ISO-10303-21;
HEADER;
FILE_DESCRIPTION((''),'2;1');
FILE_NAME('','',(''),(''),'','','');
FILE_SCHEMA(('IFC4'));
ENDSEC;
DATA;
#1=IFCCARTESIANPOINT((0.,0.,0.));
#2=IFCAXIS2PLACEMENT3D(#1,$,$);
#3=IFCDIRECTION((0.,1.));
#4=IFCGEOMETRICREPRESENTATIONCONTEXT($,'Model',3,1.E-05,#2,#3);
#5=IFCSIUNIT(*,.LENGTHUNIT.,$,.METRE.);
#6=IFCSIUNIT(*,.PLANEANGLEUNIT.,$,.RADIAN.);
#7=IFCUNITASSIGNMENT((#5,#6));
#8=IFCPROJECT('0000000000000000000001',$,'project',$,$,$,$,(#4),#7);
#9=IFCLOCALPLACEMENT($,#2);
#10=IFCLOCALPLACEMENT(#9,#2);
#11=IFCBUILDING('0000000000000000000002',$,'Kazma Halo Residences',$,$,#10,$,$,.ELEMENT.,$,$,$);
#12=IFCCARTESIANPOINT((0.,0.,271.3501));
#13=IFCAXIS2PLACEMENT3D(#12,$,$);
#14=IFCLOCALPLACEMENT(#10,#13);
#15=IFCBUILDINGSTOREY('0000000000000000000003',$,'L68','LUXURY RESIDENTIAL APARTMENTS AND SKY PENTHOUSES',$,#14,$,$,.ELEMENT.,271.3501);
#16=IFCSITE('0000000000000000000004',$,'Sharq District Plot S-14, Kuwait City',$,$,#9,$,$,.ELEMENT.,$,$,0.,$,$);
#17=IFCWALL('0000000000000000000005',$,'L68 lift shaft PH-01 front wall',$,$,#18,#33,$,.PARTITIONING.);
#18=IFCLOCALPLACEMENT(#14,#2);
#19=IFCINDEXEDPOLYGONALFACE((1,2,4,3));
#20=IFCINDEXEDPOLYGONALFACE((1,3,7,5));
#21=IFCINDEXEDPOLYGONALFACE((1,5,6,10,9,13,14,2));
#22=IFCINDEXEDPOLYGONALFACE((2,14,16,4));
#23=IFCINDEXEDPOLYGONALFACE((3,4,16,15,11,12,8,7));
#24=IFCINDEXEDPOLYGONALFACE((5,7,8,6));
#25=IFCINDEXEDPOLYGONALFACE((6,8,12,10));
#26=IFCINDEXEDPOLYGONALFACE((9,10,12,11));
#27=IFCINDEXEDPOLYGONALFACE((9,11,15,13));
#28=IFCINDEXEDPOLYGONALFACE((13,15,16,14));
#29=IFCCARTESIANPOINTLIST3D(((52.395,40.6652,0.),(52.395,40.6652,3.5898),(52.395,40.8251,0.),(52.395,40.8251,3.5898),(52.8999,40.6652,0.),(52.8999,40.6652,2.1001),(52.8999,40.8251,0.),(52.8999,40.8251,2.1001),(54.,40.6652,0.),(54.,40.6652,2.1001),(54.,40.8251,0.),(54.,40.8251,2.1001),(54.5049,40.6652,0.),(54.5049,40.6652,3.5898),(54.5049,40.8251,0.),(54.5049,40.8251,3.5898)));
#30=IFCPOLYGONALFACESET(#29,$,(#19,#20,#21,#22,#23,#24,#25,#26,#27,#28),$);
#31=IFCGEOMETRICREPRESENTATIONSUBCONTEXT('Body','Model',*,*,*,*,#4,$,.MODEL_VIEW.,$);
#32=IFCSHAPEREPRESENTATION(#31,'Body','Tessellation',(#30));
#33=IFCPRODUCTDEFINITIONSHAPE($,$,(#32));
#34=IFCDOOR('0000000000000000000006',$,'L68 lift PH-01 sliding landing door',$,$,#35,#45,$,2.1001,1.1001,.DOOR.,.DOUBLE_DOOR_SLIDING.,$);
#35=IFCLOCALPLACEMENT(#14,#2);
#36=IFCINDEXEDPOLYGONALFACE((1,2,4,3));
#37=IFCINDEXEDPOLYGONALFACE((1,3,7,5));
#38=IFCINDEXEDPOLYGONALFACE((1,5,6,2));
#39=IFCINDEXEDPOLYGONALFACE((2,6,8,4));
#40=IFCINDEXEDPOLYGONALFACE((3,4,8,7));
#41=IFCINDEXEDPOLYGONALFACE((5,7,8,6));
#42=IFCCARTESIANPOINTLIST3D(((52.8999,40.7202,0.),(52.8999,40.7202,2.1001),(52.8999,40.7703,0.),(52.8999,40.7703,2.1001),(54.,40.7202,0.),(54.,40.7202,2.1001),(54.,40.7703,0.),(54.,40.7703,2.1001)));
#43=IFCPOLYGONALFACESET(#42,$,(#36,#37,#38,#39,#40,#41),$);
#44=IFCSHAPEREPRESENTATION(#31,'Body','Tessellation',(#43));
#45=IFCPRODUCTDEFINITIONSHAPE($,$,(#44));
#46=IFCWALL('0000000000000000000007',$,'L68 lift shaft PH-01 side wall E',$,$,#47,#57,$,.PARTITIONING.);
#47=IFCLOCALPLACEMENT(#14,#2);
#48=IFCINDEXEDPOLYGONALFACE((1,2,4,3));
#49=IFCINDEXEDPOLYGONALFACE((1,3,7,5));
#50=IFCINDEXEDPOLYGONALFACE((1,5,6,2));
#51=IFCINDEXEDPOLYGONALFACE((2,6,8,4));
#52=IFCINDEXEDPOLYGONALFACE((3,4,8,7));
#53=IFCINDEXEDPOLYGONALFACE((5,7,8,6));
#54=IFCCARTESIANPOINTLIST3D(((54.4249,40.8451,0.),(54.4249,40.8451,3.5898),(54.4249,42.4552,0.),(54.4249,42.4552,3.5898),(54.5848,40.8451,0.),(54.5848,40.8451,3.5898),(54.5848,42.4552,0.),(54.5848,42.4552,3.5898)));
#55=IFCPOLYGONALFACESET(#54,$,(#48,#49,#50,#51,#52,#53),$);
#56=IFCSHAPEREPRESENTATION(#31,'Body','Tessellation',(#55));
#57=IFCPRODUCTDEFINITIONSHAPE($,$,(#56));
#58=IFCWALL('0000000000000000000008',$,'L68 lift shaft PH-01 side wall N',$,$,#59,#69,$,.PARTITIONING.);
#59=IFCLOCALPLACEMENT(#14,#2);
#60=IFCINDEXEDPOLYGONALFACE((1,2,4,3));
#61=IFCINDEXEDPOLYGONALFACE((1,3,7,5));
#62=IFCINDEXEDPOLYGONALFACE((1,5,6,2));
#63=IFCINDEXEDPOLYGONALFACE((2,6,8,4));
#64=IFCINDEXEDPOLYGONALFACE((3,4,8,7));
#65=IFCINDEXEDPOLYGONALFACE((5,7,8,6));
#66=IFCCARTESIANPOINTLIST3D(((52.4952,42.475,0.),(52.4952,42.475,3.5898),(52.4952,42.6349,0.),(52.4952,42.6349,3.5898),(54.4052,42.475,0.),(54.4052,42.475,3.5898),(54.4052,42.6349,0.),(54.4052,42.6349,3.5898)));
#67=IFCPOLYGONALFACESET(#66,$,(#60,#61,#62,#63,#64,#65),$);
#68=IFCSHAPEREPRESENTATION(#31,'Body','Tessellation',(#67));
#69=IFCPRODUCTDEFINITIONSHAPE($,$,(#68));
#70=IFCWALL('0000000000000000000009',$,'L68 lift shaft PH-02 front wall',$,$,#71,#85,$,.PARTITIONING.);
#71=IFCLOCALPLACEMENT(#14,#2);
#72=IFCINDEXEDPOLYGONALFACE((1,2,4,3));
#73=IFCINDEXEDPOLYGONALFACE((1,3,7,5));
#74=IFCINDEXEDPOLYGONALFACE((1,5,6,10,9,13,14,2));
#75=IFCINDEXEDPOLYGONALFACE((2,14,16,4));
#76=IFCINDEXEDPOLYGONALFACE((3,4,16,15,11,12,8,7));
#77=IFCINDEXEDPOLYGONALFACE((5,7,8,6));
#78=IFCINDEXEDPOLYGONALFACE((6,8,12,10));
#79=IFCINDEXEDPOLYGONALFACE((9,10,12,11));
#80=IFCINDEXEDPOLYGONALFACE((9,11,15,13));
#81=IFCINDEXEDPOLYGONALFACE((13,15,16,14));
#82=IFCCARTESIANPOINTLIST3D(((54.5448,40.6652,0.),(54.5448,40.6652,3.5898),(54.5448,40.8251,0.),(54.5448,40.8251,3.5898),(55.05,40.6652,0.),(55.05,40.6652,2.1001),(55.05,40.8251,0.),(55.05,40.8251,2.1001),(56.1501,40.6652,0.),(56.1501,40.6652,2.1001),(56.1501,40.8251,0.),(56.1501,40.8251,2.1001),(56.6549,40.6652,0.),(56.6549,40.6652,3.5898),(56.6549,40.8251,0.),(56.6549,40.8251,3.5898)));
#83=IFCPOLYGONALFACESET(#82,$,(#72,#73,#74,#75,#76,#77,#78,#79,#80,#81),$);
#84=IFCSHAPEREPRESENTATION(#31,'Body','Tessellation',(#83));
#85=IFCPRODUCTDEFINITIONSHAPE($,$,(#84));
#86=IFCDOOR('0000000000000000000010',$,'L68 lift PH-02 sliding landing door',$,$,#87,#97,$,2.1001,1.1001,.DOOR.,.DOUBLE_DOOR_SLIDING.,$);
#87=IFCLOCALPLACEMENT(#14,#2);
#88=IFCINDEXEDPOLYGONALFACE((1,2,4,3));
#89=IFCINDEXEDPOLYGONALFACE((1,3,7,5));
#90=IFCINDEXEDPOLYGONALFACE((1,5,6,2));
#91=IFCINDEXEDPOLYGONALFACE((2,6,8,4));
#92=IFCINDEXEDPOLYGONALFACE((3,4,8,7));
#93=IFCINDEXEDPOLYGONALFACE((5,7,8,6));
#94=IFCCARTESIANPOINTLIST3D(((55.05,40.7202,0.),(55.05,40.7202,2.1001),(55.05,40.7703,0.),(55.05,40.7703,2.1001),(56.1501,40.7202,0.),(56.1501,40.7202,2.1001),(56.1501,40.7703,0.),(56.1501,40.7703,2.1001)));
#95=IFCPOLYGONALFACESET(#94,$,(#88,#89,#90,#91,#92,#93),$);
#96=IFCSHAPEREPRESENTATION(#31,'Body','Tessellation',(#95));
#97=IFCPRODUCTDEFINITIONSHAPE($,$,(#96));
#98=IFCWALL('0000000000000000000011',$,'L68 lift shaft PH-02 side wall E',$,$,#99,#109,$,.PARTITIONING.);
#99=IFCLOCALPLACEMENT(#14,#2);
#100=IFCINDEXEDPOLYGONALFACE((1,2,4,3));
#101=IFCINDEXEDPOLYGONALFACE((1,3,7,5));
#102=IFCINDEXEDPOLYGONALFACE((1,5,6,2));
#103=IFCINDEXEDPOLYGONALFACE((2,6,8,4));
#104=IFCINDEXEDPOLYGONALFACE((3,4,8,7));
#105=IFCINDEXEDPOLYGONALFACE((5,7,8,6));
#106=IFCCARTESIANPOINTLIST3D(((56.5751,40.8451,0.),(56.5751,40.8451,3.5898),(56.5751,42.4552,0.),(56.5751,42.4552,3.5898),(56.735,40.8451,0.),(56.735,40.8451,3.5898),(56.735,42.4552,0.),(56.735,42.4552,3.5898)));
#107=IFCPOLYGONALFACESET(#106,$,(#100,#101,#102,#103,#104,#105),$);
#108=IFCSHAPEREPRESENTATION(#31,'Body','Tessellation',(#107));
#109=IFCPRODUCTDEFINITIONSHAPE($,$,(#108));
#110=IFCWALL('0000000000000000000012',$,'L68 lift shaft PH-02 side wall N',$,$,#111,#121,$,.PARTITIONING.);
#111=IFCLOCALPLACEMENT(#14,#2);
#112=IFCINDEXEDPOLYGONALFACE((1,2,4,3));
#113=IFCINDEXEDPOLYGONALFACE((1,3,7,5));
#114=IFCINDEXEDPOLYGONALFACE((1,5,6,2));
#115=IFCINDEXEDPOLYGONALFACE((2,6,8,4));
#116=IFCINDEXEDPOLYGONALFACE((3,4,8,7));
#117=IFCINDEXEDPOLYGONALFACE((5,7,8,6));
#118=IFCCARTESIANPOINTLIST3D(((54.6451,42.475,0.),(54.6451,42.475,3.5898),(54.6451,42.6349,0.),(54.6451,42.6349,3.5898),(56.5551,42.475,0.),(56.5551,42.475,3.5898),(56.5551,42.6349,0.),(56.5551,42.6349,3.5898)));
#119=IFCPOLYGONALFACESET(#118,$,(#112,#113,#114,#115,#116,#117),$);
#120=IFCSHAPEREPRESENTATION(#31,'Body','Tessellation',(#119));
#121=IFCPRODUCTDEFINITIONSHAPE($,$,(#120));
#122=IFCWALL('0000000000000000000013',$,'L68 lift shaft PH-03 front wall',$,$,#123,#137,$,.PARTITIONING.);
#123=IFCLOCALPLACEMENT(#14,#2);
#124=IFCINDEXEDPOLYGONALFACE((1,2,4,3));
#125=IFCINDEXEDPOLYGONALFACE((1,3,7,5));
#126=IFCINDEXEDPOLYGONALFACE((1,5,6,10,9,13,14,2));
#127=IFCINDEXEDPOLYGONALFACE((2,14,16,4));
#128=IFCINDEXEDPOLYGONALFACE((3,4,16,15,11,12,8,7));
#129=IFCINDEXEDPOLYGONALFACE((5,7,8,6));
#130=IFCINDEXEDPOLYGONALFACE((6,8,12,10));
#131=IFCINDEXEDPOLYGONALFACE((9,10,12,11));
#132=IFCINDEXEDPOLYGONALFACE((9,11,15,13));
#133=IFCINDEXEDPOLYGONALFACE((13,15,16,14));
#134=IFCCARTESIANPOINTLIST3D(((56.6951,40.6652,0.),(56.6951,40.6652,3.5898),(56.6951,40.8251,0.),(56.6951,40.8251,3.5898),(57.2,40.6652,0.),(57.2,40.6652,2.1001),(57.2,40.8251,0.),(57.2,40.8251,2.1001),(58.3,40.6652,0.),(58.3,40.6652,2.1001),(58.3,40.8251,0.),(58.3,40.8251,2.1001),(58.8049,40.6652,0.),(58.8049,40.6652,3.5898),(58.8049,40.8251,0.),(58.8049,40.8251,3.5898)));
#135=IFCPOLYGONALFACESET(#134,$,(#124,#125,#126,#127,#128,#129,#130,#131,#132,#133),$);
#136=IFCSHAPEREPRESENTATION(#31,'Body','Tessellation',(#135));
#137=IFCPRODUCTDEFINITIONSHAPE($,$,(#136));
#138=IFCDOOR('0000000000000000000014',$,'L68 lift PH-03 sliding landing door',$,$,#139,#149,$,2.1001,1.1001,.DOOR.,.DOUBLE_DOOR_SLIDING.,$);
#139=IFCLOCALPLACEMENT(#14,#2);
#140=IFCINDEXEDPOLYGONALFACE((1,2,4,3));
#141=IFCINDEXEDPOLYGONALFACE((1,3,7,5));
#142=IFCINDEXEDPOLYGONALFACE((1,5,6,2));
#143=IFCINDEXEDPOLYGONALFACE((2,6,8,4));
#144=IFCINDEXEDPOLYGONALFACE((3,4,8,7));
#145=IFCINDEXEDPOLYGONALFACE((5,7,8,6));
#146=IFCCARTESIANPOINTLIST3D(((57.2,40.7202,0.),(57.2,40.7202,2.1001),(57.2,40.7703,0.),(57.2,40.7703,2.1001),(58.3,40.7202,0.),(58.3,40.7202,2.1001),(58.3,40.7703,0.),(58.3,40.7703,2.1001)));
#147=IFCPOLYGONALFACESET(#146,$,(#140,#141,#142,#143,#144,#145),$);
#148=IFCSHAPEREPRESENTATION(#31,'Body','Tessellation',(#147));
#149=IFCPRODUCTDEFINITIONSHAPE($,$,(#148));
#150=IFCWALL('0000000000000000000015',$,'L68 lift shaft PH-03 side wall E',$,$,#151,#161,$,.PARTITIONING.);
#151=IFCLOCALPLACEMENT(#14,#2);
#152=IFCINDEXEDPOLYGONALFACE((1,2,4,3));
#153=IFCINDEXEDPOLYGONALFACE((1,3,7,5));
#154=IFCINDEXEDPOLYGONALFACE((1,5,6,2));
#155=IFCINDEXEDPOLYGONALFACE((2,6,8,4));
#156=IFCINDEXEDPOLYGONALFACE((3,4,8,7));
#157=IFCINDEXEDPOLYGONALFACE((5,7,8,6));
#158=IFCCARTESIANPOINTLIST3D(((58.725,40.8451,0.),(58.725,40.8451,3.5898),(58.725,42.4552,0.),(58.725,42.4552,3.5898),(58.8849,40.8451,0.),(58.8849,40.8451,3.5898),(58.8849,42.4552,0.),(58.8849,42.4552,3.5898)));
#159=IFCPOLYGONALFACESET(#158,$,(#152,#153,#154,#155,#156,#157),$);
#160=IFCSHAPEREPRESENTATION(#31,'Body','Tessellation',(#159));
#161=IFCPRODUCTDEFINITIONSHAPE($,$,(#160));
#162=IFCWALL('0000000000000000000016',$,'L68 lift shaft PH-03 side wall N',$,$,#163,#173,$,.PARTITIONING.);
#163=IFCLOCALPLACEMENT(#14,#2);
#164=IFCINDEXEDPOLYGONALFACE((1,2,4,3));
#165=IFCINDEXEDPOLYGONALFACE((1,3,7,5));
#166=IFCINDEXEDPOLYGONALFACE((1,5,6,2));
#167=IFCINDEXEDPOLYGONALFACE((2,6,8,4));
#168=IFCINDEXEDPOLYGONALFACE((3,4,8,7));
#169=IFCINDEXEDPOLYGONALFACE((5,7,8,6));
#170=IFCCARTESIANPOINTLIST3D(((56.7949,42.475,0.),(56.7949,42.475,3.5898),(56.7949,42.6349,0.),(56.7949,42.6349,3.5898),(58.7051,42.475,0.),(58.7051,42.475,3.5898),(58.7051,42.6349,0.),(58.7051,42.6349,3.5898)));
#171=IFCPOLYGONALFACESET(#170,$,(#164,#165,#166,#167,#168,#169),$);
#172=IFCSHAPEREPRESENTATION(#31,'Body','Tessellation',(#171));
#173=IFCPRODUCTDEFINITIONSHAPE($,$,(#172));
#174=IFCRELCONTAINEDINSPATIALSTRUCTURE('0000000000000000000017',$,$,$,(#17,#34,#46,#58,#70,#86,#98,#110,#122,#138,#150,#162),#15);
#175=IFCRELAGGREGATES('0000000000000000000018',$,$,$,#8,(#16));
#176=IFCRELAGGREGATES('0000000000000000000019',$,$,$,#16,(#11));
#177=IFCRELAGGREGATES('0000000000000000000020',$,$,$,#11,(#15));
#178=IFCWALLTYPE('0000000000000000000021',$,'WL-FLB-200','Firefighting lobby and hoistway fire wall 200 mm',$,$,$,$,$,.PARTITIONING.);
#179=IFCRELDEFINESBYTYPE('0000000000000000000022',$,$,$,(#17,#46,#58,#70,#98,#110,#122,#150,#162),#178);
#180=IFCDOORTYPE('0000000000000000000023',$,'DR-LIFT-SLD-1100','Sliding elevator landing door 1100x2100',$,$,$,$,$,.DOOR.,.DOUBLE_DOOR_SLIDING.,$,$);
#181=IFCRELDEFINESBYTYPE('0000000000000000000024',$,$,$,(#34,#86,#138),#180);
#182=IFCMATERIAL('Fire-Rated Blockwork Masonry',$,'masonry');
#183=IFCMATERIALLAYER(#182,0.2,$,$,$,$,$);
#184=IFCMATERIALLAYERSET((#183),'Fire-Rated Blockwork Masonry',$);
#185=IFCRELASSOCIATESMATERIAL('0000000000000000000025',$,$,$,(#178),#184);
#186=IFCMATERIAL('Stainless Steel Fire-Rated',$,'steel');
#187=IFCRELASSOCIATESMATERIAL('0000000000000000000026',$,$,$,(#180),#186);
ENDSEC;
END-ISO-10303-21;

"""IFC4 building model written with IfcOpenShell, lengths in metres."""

from ifc_helpers import new_model, si_unit, direction, frame, frame_2d, origin, place, context, subcontext, project, spatial, rectangle, extrude, material, layer, layer_set, type_object, element, fill, save


model = new_model("IFC4")

# Units and contexts
model_context = context("Model", 3, precision=1e-05, world=origin(), true_north=direction((0.0, 1.0)))
body_context = subcontext(model_context, "Body", "Model", "MODEL_VIEW")
ifc_project = project(units=[si_unit("LENGTHUNIT", "METRE"), si_unit("PLANEANGLEUNIT", "RADIAN")], contexts=[model_context])

# Site, building, storey
site_placement = place(None, origin())
site = spatial("IfcSite", under=ifc_project, at=site_placement, Name="Sharq District Plot S-14, Kuwait City", CompositionType="ELEMENT", RefElevation=0.0)
building_placement = place(site_placement, origin())
building = spatial("IfcBuilding", under=site, at=building_placement, Name="Kazma Halo Residences", CompositionType="ELEMENT")
storey_placement = place(building_placement, frame((0.0, 0.0, 271.3501)))
storey = spatial("IfcBuildingStorey", under=building, at=storey_placement, Name="L68", Description="LUXURY RESIDENTIAL APARTMENTS AND SKY PENTHOUSES", CompositionType="ELEMENT", Elevation=271.3501)

# Wall, opening, door
ifc_material_1 = material(Name="Fire-Rated Blockwork Masonry", Category="masonry")
ifc_layer_1 = layer(ifc_material_1, 0.2)
ifc_layer_set_1 = layer_set([ifc_layer_1], Name="Fire-Rated Blockwork Masonry")
wall_type_1 = type_object("IfcWallType", Name="WL-FLB-200", Description="Firefighting lobby and hoistway fire wall 200 mm", PredefinedType="PARTITIONING", material=ifc_layer_set_1)
wall_1_placement = place(storey_placement, frame((54.5049, 40.7451, 0.0), z_axis=(0.0, 0.0, 1.0), x_axis=(-1.0, 0.0, 0.0)))
wall_1 = element("IfcWall", 1, at=wall_1_placement, inside=storey, type_object=wall_type_1, Name="L68 lift shaft PH-01 front wall", PredefinedType="PARTITIONING", context=body_context, shape_type="SweptSolid", body=[
    extrude(rectangle(XDim=2.1099, YDim=0.1599, at=frame_2d((1.0549, 0.0))), origin(), (0.0, 0.0, 1.0), 3.5898),
])
opening_1_placement = place(wall_1_placement, frame((0.5049, 0.0, 0.0)))
opening_1 = element("IfcOpeningElement", 2, at=opening_1_placement, cuts=wall_1, PredefinedType="OPENING", context=body_context, shape_type="SweptSolid", body=[
    extrude(rectangle(XDim=1.1001, YDim=2.1001, at=frame_2d((0.55, 1.05))), frame((0.0, 0.0898, 0.0), z_axis=(0.0, -1.0, 0.0), x_axis=(1.0, 0.0, 0.0)), (0.0, 0.0, 1.0), 0.1799),
])
ifc_material_2 = material(Name="Stainless Steel Fire-Rated", Category="steel")
door_type_1 = type_object("IfcDoorType", Name="DR-LIFT-SLD-1100", Description="Sliding elevator landing door 1100x2100", OperationType="DOUBLE_DOOR_SLIDING", PredefinedType="DOOR", material=ifc_material_2)
door_1_placement = place(opening_1_placement, origin())
door_1 = element("IfcDoor", 3, at=door_1_placement, inside=storey, type_object=door_type_1, Name="L68 lift PH-01 sliding landing door", OperationType="DOUBLE_DOOR_SLIDING", OverallHeight=2.1001, OverallWidth=1.1001, PredefinedType="DOOR", context=body_context, shape_type="SweptSolid", body=[
    extrude(rectangle(XDim=1.1001, YDim=2.1001, at=frame_2d((0.55, 1.05))), frame((0.0, 0.0249, 0.0), z_axis=(0.0, -1.0, 0.0), x_axis=(1.0, 0.0, 0.0)), (0.0, 0.0, 1.0), 0.05),
])
fill(opening_1, door_1)

# Walls
wall_2_placement = place(storey_placement, frame((54.5049, 40.845, 0.0), z_axis=(0.0, 0.0, 1.0), x_axis=(0.0, 1.0, 0.0)))
element("IfcWall", 4, at=wall_2_placement, inside=storey, type_object=wall_type_1, Name="L68 lift shaft PH-01 side wall E", PredefinedType="PARTITIONING", context=body_context, shape_type="SweptSolid", body=[
    extrude(rectangle(XDim=1.6101, YDim=0.1599, at=frame_2d((0.8052, 0.0))), origin(), (0.0, 0.0, 1.0), 3.5898),
])
wall_3_placement = place(storey_placement, frame((52.4951, 42.5549, 0.0), z_axis=(0.0, 0.0, 1.0), x_axis=(1.0, 0.0, 0.0)))
element("IfcWall", 5, at=wall_3_placement, inside=storey, type_object=wall_type_1, Name="L68 lift shaft PH-01 side wall N", PredefinedType="PARTITIONING", context=body_context, shape_type="SweptSolid", body=[
    extrude(rectangle(XDim=1.9099, YDim=0.1599, at=frame_2d((0.9551, 0.0))), origin(), (0.0, 0.0, 1.0), 3.5898),
])

# Wall, opening, door
wall_4_placement = place(storey_placement, frame((56.655, 40.7451, 0.0), z_axis=(0.0, 0.0, 1.0), x_axis=(-1.0, 0.0, 0.0)))
wall_4 = element("IfcWall", 6, at=wall_4_placement, inside=storey, type_object=wall_type_1, Name="L68 lift shaft PH-02 front wall", PredefinedType="PARTITIONING", context=body_context, shape_type="SweptSolid", body=[
    extrude(rectangle(XDim=2.1101, YDim=0.1599, at=frame_2d((1.0552, 0.0))), origin(), (0.0, 0.0, 1.0), 3.5898),
])
opening_2_placement = place(wall_4_placement, frame((0.5049, 0.0, 0.0)))
opening_2 = element("IfcOpeningElement", 7, at=opening_2_placement, cuts=wall_4, PredefinedType="OPENING", context=body_context, shape_type="SweptSolid", body=[
    extrude(rectangle(XDim=1.1001, YDim=2.1001, at=frame_2d((0.55, 1.05))), frame((0.0, 0.0898, 0.0), z_axis=(0.0, -1.0, 0.0), x_axis=(1.0, 0.0, 0.0)), (0.0, 0.0, 1.0), 0.1799),
])
door_2_placement = place(opening_2_placement, origin())
door_2 = element("IfcDoor", 8, at=door_2_placement, inside=storey, type_object=door_type_1, Name="L68 lift PH-02 sliding landing door", OperationType="DOUBLE_DOOR_SLIDING", OverallHeight=2.1001, OverallWidth=1.1001, PredefinedType="DOOR", context=body_context, shape_type="SweptSolid", body=[
    extrude(rectangle(XDim=1.1001, YDim=2.1001, at=frame_2d((0.55, 1.05))), frame((0.0, 0.0249, 0.0), z_axis=(0.0, -1.0, 0.0), x_axis=(1.0, 0.0, 0.0)), (0.0, 0.0, 1.0), 0.05),
])
fill(opening_2, door_2)

# Walls
wall_5_placement = place(storey_placement, frame((56.655, 40.845, 0.0), z_axis=(0.0, 0.0, 1.0), x_axis=(0.0, 1.0, 0.0)))
element("IfcWall", 9, at=wall_5_placement, inside=storey, type_object=wall_type_1, Name="L68 lift shaft PH-02 side wall E", PredefinedType="PARTITIONING", context=body_context, shape_type="SweptSolid", body=[
    extrude(rectangle(XDim=1.6101, YDim=0.1599, at=frame_2d((0.8052, 0.0))), origin(), (0.0, 0.0, 1.0), 3.5898),
])
wall_6_placement = place(storey_placement, frame((54.645, 42.5549, 0.0), z_axis=(0.0, 0.0, 1.0), x_axis=(1.0, 0.0, 0.0)))
element("IfcWall", 10, at=wall_6_placement, inside=storey, type_object=wall_type_1, Name="L68 lift shaft PH-02 side wall N", PredefinedType="PARTITIONING", context=body_context, shape_type="SweptSolid", body=[
    extrude(rectangle(XDim=1.9099, YDim=0.1599, at=frame_2d((0.9551, 0.0))), origin(), (0.0, 0.0, 1.0), 3.5898),
])

# Wall, opening, door
wall_7_placement = place(storey_placement, frame((58.8049, 40.7451, 0.0), z_axis=(0.0, 0.0, 1.0), x_axis=(-1.0, 0.0, 0.0)))
wall_7 = element("IfcWall", 11, at=wall_7_placement, inside=storey, type_object=wall_type_1, Name="L68 lift shaft PH-03 front wall", PredefinedType="PARTITIONING", context=body_context, shape_type="SweptSolid", body=[
    extrude(rectangle(XDim=2.1099, YDim=0.1599, at=frame_2d((1.0549, 0.0))), origin(), (0.0, 0.0, 1.0), 3.5898),
])
opening_3_placement = place(wall_7_placement, frame((0.5049, 0.0, 0.0)))
opening_3 = element("IfcOpeningElement", 12, at=opening_3_placement, cuts=wall_7, PredefinedType="OPENING", context=body_context, shape_type="SweptSolid", body=[
    extrude(rectangle(XDim=1.1001, YDim=2.1001, at=frame_2d((0.55, 1.05))), frame((0.0, 0.0898, 0.0), z_axis=(0.0, -1.0, 0.0), x_axis=(1.0, 0.0, 0.0)), (0.0, 0.0, 1.0), 0.1799),
])
door_3_placement = place(opening_3_placement, origin())
door_3 = element("IfcDoor", 13, at=door_3_placement, inside=storey, type_object=door_type_1, Name="L68 lift PH-03 sliding landing door", OperationType="DOUBLE_DOOR_SLIDING", OverallHeight=2.1001, OverallWidth=1.1001, PredefinedType="DOOR", context=body_context, shape_type="SweptSolid", body=[
    extrude(rectangle(XDim=1.1001, YDim=2.1001, at=frame_2d((0.55, 1.05))), frame((0.0, 0.0249, 0.0), z_axis=(0.0, -1.0, 0.0), x_axis=(1.0, 0.0, 0.0)), (0.0, 0.0, 1.0), 0.05),
])
fill(opening_3, door_3)

# Walls
wall_8_placement = place(storey_placement, frame((58.8049, 40.845, 0.0), z_axis=(0.0, 0.0, 1.0), x_axis=(0.0, 1.0, 0.0)))
element("IfcWall", 14, at=wall_8_placement, inside=storey, type_object=wall_type_1, Name="L68 lift shaft PH-03 side wall E", PredefinedType="PARTITIONING", context=body_context, shape_type="SweptSolid", body=[
    extrude(rectangle(XDim=1.6101, YDim=0.1599, at=frame_2d((0.8052, 0.0))), origin(), (0.0, 0.0, 1.0), 3.5898),
])
wall_9_placement = place(storey_placement, frame((56.7949, 42.5549, 0.0), z_axis=(0.0, 0.0, 1.0), x_axis=(1.0, 0.0, 0.0)))
element("IfcWall", 15, at=wall_9_placement, inside=storey, type_object=wall_type_1, Name="L68 lift shaft PH-03 side wall N", PredefinedType="PARTITIONING", context=body_context, shape_type="SweptSolid", body=[
    extrude(rectangle(XDim=1.9102, YDim=0.1599, at=frame_2d((0.9551, 0.0))), origin(), (0.0, 0.0, 1.0), 3.5898),
])

save(model, "model.ifc")
